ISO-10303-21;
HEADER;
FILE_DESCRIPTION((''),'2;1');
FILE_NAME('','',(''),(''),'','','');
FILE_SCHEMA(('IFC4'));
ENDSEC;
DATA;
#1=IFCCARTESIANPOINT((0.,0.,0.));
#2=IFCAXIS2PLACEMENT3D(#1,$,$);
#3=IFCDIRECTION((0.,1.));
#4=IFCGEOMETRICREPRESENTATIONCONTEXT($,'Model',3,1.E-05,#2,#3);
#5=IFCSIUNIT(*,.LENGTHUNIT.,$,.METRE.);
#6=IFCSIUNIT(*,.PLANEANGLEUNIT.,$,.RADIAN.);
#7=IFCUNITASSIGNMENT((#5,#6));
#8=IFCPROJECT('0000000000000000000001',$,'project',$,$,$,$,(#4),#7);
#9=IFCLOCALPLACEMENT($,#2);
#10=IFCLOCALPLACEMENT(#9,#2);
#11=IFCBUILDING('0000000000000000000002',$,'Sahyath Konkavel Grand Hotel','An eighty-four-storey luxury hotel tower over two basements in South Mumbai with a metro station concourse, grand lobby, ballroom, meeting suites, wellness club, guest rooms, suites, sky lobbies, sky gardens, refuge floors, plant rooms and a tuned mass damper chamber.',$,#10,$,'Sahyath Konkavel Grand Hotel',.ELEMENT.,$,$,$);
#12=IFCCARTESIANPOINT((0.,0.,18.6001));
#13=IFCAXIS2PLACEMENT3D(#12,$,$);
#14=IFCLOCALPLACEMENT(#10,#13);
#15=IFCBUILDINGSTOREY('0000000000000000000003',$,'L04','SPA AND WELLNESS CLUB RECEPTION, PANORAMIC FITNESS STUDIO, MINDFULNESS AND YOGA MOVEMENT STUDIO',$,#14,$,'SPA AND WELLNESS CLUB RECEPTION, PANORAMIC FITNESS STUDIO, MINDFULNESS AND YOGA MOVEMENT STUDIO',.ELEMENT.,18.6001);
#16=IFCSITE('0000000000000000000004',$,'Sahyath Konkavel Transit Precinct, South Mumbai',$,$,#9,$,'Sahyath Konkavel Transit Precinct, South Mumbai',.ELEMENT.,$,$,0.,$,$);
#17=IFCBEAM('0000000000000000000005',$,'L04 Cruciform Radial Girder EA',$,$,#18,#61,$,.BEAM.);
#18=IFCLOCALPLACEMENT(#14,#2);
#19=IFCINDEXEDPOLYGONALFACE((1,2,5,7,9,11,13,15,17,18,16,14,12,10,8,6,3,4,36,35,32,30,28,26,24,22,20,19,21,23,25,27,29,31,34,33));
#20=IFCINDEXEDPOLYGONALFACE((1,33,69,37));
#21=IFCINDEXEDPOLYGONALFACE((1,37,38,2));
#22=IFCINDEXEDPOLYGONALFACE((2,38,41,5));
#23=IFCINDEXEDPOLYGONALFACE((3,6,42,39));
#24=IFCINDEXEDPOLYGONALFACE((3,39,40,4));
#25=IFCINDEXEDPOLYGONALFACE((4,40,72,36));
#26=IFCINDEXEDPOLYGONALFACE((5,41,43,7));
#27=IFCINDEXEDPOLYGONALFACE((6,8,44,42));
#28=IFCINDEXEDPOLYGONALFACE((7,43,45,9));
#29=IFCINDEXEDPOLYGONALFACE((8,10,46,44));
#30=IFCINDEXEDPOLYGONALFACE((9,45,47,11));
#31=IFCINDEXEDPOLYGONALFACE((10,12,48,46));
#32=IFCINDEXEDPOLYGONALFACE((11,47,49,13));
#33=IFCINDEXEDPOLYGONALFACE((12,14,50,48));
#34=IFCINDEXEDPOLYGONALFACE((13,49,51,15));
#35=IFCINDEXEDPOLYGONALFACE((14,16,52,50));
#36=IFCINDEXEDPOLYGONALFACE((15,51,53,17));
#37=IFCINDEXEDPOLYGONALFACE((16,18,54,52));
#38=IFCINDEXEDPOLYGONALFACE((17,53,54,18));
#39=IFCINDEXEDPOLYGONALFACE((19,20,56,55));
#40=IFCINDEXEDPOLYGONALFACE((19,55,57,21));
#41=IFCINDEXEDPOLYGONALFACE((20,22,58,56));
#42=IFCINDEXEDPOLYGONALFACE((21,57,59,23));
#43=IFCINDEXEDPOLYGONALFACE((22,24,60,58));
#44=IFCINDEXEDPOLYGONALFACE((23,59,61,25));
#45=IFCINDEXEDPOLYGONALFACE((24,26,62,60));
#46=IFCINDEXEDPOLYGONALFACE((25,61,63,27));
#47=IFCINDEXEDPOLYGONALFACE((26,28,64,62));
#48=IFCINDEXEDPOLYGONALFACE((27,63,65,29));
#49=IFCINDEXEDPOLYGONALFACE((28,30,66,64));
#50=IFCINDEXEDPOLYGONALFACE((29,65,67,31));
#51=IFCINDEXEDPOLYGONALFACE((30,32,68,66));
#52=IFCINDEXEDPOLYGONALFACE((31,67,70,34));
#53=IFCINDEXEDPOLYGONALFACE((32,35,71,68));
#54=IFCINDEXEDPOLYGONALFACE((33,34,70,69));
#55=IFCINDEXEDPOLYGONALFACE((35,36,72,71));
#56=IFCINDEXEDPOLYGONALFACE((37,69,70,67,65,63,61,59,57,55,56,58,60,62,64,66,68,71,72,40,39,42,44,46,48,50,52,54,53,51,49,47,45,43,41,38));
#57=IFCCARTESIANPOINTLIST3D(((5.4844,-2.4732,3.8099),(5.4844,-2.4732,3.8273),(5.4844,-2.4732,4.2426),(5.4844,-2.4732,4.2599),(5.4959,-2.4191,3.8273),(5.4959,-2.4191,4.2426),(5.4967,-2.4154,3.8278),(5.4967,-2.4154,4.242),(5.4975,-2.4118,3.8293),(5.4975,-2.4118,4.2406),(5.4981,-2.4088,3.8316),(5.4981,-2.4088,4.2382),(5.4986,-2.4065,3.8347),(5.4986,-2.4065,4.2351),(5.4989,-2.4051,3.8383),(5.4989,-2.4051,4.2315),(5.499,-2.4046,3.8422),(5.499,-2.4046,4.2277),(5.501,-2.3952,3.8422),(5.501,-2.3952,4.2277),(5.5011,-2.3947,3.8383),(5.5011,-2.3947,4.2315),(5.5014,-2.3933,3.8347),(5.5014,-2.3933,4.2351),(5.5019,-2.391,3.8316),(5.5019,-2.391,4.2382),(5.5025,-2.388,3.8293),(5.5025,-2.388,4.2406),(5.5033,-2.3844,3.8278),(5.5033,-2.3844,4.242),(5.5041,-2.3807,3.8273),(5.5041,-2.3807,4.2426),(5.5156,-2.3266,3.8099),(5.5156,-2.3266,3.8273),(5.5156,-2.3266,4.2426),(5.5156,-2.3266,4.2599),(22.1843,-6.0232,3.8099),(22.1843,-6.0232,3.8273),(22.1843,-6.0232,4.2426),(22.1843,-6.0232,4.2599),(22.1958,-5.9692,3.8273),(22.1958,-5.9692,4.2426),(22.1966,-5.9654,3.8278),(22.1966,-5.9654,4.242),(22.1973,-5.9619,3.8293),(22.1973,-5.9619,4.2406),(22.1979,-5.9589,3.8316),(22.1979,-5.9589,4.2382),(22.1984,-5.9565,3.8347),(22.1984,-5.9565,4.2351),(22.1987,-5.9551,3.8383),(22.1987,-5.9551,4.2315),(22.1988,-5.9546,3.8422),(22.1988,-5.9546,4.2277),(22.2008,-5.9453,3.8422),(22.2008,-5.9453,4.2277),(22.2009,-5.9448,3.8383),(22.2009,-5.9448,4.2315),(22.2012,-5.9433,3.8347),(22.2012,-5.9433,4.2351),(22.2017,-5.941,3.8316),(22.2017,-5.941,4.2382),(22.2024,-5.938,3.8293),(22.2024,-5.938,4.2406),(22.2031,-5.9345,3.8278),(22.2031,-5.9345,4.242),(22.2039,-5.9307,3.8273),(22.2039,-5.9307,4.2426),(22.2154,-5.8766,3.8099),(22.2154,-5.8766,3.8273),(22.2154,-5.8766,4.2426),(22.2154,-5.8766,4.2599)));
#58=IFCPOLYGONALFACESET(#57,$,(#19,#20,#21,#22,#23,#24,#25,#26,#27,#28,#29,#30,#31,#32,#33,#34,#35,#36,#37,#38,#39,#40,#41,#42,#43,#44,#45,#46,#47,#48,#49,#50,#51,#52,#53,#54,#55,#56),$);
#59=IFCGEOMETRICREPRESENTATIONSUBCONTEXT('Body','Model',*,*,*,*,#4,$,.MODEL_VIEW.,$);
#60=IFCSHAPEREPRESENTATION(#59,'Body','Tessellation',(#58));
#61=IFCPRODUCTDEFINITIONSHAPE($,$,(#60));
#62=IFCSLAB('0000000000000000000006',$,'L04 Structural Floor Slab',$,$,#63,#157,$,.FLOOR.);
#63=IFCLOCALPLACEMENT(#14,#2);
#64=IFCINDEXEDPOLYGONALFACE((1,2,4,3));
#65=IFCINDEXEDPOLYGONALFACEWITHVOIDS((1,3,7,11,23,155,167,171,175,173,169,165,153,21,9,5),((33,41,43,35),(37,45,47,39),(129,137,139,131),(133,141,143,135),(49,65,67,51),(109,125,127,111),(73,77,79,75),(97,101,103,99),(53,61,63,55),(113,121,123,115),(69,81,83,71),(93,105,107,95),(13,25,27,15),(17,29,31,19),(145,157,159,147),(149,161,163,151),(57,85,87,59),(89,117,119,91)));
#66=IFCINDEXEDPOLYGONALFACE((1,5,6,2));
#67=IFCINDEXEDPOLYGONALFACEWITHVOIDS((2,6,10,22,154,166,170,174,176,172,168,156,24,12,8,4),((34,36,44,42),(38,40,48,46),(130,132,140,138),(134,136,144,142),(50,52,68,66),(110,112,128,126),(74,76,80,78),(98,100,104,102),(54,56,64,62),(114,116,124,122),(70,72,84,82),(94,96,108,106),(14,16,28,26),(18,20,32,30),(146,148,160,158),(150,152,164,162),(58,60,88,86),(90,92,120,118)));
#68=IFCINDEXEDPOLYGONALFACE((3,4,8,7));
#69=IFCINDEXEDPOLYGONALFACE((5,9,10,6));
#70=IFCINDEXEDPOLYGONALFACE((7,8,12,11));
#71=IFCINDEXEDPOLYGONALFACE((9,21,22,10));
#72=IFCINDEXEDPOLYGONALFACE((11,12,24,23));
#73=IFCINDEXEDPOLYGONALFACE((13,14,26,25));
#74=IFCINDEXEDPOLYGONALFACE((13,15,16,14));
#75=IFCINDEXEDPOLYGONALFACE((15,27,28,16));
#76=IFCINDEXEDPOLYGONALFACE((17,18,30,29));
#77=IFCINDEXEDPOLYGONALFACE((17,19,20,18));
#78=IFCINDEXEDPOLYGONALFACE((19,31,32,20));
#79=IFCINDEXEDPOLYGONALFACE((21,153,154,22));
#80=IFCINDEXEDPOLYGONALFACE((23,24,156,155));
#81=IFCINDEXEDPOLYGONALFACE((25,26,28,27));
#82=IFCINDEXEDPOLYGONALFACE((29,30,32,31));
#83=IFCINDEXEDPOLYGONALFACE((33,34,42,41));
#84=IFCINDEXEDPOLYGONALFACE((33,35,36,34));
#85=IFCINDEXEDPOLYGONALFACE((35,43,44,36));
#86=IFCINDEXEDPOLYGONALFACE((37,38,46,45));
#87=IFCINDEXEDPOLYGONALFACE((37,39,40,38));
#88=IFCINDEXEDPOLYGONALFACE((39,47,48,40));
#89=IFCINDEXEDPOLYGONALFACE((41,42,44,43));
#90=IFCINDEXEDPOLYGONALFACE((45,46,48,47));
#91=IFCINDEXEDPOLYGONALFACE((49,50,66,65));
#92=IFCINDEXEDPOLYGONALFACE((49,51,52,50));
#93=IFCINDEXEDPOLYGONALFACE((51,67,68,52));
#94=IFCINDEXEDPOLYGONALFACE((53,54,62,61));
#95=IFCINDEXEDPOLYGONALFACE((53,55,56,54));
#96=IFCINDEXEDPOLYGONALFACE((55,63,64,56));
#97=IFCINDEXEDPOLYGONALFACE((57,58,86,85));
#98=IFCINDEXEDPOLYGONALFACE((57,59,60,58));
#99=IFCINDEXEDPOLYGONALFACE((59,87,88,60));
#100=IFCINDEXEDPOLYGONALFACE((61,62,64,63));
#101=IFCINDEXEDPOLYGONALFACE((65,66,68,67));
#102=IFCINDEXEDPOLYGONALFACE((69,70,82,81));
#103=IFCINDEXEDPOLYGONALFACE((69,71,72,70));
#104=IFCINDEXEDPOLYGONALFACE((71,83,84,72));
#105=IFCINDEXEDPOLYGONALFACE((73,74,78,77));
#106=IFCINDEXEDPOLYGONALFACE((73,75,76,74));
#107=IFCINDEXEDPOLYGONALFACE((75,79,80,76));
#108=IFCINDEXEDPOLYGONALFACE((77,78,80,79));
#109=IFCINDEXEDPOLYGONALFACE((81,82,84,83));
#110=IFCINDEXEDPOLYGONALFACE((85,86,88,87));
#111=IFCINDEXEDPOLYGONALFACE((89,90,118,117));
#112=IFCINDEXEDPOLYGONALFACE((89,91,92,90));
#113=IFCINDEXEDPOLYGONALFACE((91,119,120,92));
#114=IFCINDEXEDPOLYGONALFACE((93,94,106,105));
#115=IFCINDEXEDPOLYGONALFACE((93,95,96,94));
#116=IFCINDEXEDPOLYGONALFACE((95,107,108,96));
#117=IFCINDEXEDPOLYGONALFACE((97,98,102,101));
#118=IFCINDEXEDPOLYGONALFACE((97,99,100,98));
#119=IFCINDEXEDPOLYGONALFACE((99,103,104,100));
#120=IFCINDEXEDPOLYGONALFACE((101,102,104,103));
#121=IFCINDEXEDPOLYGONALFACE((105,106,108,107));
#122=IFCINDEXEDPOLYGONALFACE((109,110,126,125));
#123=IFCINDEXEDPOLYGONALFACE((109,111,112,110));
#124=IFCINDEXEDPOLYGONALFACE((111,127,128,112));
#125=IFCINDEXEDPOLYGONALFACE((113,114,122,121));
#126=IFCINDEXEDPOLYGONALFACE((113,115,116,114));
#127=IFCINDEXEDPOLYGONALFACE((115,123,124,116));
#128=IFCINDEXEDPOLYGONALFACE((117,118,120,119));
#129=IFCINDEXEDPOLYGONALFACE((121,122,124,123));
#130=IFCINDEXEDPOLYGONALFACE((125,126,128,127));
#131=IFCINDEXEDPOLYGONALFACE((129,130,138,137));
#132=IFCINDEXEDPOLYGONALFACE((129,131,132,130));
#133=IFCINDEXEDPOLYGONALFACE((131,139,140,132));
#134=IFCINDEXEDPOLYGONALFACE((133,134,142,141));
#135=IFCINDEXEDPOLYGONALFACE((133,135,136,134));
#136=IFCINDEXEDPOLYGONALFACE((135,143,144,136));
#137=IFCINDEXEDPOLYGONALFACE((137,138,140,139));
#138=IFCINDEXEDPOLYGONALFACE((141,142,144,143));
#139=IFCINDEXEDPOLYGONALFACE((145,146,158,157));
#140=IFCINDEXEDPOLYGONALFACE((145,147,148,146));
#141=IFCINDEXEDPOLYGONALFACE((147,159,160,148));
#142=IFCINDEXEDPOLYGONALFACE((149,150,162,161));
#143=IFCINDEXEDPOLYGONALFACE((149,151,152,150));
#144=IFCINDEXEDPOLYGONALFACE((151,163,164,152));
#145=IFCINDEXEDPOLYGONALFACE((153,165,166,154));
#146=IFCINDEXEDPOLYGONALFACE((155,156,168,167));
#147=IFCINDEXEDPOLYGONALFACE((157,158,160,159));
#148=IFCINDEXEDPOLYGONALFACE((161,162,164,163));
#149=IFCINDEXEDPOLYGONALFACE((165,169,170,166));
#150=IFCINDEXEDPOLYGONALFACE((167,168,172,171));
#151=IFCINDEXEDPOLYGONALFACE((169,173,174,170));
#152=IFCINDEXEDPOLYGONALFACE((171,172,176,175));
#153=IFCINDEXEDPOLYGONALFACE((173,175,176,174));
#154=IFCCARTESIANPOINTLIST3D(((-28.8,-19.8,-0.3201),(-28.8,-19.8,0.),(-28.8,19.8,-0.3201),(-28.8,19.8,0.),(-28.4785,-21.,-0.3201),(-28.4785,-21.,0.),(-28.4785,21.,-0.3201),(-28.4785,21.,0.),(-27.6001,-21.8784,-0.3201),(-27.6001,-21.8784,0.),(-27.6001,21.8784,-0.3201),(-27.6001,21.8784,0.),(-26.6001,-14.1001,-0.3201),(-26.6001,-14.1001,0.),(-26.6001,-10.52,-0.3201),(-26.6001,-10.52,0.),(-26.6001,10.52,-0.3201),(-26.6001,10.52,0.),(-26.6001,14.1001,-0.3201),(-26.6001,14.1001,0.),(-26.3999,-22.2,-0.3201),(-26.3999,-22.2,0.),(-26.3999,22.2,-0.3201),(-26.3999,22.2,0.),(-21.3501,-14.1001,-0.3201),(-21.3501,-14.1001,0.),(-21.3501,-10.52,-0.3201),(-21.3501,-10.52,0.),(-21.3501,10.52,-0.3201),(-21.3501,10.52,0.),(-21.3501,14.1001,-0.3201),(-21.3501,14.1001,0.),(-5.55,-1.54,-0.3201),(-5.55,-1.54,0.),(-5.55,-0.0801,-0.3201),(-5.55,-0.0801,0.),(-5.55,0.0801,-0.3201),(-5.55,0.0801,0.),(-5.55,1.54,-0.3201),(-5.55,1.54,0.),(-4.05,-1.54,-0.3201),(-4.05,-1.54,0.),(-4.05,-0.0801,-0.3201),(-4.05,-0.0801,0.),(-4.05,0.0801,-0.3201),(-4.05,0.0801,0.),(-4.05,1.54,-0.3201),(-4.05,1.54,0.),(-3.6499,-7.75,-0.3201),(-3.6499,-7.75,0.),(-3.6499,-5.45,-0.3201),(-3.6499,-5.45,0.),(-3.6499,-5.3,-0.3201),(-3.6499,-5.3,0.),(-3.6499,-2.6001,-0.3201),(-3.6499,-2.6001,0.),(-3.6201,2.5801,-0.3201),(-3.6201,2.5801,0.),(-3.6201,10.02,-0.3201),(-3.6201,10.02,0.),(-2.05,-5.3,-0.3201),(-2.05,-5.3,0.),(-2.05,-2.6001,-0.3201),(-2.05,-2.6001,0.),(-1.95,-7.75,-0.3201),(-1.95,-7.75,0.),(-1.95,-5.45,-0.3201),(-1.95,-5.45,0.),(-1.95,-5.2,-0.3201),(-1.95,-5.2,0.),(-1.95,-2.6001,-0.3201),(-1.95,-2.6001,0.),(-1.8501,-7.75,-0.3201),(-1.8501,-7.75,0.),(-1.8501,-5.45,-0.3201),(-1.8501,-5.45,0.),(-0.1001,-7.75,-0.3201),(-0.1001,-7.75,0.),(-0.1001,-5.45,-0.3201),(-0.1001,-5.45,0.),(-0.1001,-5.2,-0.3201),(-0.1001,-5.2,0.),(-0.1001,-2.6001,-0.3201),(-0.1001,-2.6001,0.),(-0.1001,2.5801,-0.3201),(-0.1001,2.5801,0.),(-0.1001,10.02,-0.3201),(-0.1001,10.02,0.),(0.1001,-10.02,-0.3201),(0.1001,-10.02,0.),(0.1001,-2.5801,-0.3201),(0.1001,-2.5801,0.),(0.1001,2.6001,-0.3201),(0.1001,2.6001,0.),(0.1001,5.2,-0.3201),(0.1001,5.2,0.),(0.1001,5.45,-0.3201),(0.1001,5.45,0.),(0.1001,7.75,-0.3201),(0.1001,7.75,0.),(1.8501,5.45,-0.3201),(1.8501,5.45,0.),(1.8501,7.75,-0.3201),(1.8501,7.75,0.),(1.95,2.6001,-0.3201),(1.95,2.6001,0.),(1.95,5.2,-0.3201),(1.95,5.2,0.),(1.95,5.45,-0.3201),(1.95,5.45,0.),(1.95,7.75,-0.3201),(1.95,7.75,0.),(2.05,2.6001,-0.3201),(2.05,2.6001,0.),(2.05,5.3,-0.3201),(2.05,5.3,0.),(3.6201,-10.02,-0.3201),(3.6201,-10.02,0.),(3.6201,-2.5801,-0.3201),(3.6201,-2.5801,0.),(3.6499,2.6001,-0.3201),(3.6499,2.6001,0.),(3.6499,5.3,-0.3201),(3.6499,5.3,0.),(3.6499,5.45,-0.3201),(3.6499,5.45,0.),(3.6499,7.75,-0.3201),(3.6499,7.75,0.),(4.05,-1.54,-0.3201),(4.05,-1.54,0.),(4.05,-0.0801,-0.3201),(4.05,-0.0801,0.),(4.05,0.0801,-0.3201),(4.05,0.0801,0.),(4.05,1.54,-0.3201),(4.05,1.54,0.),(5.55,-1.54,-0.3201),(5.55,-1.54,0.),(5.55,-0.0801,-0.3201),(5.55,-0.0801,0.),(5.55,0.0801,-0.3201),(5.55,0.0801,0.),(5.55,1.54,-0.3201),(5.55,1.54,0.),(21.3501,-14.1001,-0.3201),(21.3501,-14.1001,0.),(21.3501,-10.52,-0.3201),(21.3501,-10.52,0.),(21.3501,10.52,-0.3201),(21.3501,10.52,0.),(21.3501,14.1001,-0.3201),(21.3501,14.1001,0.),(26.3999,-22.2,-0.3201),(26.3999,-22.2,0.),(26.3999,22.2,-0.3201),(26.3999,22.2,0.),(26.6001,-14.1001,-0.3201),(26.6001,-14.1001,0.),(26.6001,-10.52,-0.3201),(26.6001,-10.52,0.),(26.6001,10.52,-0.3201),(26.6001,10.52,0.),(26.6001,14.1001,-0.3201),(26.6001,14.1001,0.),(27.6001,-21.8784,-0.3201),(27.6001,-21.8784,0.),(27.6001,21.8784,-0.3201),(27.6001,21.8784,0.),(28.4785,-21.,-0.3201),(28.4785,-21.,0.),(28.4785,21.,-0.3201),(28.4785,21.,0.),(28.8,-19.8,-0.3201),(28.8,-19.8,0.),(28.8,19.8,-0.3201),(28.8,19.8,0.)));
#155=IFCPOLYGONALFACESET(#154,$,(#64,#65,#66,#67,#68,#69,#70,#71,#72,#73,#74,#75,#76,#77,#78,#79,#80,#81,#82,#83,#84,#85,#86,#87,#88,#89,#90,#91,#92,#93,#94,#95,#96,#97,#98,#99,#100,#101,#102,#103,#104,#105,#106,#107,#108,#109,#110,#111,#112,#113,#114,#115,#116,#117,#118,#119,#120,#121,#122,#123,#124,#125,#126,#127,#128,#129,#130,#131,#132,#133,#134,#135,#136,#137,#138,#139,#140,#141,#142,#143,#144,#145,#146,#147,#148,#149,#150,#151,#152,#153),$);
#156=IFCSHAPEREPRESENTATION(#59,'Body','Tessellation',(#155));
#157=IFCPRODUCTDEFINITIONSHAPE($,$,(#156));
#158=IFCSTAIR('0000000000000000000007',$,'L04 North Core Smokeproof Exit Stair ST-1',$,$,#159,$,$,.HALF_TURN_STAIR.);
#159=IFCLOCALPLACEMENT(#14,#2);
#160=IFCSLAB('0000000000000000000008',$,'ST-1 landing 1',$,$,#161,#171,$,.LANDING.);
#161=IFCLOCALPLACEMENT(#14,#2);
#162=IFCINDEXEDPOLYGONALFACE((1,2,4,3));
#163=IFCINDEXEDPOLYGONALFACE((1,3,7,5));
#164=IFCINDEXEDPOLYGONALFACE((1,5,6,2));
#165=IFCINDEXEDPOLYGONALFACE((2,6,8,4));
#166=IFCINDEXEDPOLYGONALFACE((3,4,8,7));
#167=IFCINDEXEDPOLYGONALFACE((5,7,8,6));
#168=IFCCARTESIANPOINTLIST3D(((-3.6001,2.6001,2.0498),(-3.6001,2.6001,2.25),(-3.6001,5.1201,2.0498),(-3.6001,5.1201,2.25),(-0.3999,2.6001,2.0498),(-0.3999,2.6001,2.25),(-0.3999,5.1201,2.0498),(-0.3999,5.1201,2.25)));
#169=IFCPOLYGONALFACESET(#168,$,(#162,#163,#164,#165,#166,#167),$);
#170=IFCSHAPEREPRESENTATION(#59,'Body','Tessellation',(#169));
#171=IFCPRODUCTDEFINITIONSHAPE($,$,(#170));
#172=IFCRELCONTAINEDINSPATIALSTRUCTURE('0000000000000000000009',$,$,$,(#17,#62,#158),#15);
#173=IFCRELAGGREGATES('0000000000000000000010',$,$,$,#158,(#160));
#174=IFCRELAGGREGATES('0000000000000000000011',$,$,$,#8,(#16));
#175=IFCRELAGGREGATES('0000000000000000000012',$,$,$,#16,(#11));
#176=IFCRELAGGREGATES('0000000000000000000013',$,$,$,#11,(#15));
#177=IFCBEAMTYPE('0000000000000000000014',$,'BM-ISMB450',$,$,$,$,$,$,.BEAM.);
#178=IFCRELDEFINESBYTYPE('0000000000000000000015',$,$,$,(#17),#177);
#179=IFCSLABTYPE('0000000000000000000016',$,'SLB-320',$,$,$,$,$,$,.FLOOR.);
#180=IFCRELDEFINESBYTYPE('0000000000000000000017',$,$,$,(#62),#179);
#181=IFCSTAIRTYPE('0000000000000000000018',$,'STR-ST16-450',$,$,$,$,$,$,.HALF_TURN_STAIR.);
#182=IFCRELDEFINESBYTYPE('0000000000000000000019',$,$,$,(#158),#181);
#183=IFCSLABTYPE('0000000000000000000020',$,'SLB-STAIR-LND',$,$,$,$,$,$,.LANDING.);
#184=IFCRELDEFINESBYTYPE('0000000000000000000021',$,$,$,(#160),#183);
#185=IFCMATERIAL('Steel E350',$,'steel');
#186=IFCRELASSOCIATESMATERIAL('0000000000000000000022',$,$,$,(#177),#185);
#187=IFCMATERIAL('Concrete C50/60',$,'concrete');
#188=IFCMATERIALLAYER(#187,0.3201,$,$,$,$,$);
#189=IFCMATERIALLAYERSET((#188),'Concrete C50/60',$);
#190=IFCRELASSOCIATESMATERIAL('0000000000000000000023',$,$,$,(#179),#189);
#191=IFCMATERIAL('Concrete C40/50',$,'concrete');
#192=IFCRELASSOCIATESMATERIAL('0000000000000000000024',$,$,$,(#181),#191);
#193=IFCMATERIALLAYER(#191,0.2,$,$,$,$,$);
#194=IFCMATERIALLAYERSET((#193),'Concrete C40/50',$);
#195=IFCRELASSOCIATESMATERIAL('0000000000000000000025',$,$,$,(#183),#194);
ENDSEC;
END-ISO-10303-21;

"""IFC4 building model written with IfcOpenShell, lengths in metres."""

from ifc_helpers import new_model, si_unit, direction, frame, origin, origin_2d, place, context, subcontext, project, spatial, polyline, i_section, outline, extrude, source, transform, mapped, material, layer, layer_set, material_profile, profile_set, type_object, element, aggregate, save


model = new_model("IFC4")

# Units and contexts
model_context = context("Model", 3, precision=1e-05, world=origin(), true_north=direction((0.0, 1.0)))
body_context = subcontext(model_context, "Body", "Model", "MODEL_VIEW")
ifc_project = project(units=[si_unit("LENGTHUNIT", "METRE"), si_unit("PLANEANGLEUNIT", "RADIAN")], contexts=[model_context])

# Site, building, storey
site_placement = place(None, origin())
site = spatial("IfcSite", under=ifc_project, at=site_placement, Name="Sahyath Konkavel Transit Precinct, South Mumbai", LongName="Sahyath Konkavel Transit Precinct, South Mumbai", CompositionType="ELEMENT", RefElevation=0.0)
building_placement = place(site_placement, origin())
building = spatial("IfcBuilding", under=site, at=building_placement, Name="Sahyath Konkavel Grand Hotel", Description="An eighty-four-storey luxury hotel tower over two basements in South Mumbai with a metro station concourse, grand lobby, ballroom, meeting suites, wellness club, guest rooms, suites, sky lobbies, sky gardens, refuge floors, plant rooms and a tuned mass damper chamber.", LongName="Sahyath Konkavel Grand Hotel", CompositionType="ELEMENT")
storey_placement = place(building_placement, frame((0.0, 0.0, 18.6001)))
storey = spatial("IfcBuildingStorey", under=building, at=storey_placement, Name="L04", Description="SPA AND WELLNESS CLUB RECEPTION, PANORAMIC FITNESS STUDIO, MINDFULNESS AND YOGA MOVEMENT STUDIO", LongName="SPA AND WELLNESS CLUB RECEPTION, PANORAMIC FITNESS STUDIO, MINDFULNESS AND YOGA MOVEMENT STUDIO", CompositionType="ELEMENT", Elevation=18.6001)

# Beam
ifc_material_1 = material(Name="Steel E350", Category="steel")
ifc_material_profile_1 = material_profile(ifc_material_1, i_section(OverallWidth=0.1499, OverallDepth=0.45, WebThickness=0.0095, FlangeThickness=0.0173, FilletRadius=0.0149, at=origin_2d()), Name="ISMB 450")
ifc_profile_set_1 = profile_set([ifc_material_profile_1], Name="Steel E350")
beam_type_1 = type_object("IfcBeamType", Name="BM-ISMB450", PredefinedType="BEAM", material=ifc_profile_set_1)
shared_shape_1 = source(origin(), body_context, "Body", "SweptSolid", [
    extrude(i_section(OverallWidth=0.1499, OverallDepth=0.45, WebThickness=0.0095, FlangeThickness=0.0173, FilletRadius=0.0149, at=origin_2d()), origin(), (0.0, 0.0, 1.0), 17.073),
])
beam_1_placement = place(storey_placement, frame((5.5, -2.3999, 4.0349), z_axis=(0.978143, -0.207932, 0.0), x_axis=(0.207932, 0.978143, 0.0)))
element("IfcBeam", 1, at=beam_1_placement, inside=storey, type_object=beam_type_1, Name="L04 Cruciform Radial Girder EA", PredefinedType="BEAM", context=body_context, shape_type="MappedRepresentation", body=[
    mapped(shared_shape_1, transform((0.0, 0.0, 0.0), scale=1.0)),
])

# Slab
ifc_material_2 = material(Name="Concrete C50/60", Category="concrete")
ifc_layer_1 = layer(ifc_material_2, 0.3201)
ifc_layer_set_1 = layer_set([ifc_layer_1], Name="Concrete C50/60")
slab_type_1 = type_object("IfcSlabType", Name="SLB-320", PredefinedType="FLOOR", material=ifc_layer_set_1)
slab_1_placement = place(storey_placement, frame((0.0, 0.0, -0.3201)))
element("IfcSlab", 2, at=slab_1_placement, inside=storey, type_object=slab_type_1, Name="L04 Structural Floor Slab", PredefinedType="FLOOR", context=body_context, shape_type="SweptSolid", body=[
    extrude(outline(polyline([(26.3999, -22.2), (27.6001, -21.8784), (28.4785, -21.0), (28.8, -19.8), (28.8, 19.8), (28.4785, 21.0), (27.6001, 21.8784), (26.3999, 22.2), (-26.3999, 22.2), (-27.6001, 21.8784), (-28.4785, 21.0), (-28.8, 19.8), (-28.8, -19.8), (-28.4785, -21.0), (-27.6001, -21.8784), (-26.3999, -22.2), (26.3999, -22.2)]), holes=[polyline([(-3.6201, 2.5801), (-0.1001, 2.5801), (-0.1001, 10.02), (-3.6201, 10.02), (-3.6201, 2.5801)]), polyline([(0.1001, -10.02), (3.6201, -10.02), (3.6201, -2.5801), (0.1001, -2.5801), (0.1001, -10.02)]), polyline([(-26.6001, 10.52), (-21.3501, 10.52), (-21.3501, 14.1001), (-26.6001, 14.1001), (-26.6001, 10.52)]), polyline([(21.3501, 10.52), (26.6001, 10.52), (26.6001, 14.1001), (21.3501, 14.1001), (21.3501, 10.52)]), polyline([(-26.6001, -14.1001), (-21.3501, -14.1001), (-21.3501, -10.52), (-26.6001, -10.52), (-26.6001, -14.1001)]), polyline([(21.3501, -14.1001), (26.6001, -14.1001), (26.6001, -10.52), (21.3501, -10.52), (21.3501, -14.1001)]), polyline([(0.1001, 2.6001), (1.95, 2.6001), (1.95, 5.2), (0.1001, 5.2), (0.1001, 2.6001)]), polyline([(-1.95, -5.2), (-0.1001, -5.2), (-0.1001, -2.6001), (-1.95, -2.6001), (-1.95, -5.2)]), polyline([(2.05, 2.6001), (3.6499, 2.6001), (3.6499, 5.3), (2.05, 5.3), (2.05, 2.6001)]), polyline([(-3.6499, -5.3), (-2.05, -5.3), (-2.05, -2.6001), (-3.6499, -2.6001), (-3.6499, -5.3)]), polyline([(0.1001, 5.45), (1.8501, 5.45), (1.8501, 7.75), (0.1001, 7.75), (0.1001, 5.45)]), polyline([(1.95, 5.45), (3.6499, 5.45), (3.6499, 7.75), (1.95, 7.75), (1.95, 5.45)]), polyline([(-3.6499, -7.75), (-1.95, -7.75), (-1.95, -5.45), (-3.6499, -5.45), (-3.6499, -7.75)]), polyline([(-1.8501, -7.75), (-0.1001, -7.75), (-0.1001, -5.45), (-1.8501, -5.45), (-1.8501, -7.75)]), polyline([(4.05, 0.0801), (5.55, 0.0801), (5.55, 1.54), (4.05, 1.54), (4.05, 0.0801)]), polyline([(4.05, -1.54), (5.55, -1.54), (5.55, -0.0801), (4.05, -0.0801), (4.05, -1.54)]), polyline([(-5.55, 0.0801), (-4.05, 0.0801), (-4.05, 1.54), (-5.55, 1.54), (-5.55, 0.0801)]), polyline([(-5.55, -1.54), (-4.05, -1.54), (-4.05, -0.0801), (-5.55, -0.0801), (-5.55, -1.54)])]), origin(), (0.0, 0.0, 1.0), 0.3201),
])

# Stair, slab
ifc_material_3 = material(Name="Concrete C40/50", Category="concrete")
stair_type = type_object("IfcStairType", Name="STR-ST16-450", PredefinedType="HALF_TURN_STAIR", material=ifc_material_3)
stair_1_placement = place(storey_placement, origin())
stair_1 = element("IfcStair", 3, at=stair_1_placement, inside=storey, type_object=stair_type, Name="L04 North Core Smokeproof Exit Stair ST-1", PredefinedType="HALF_TURN_STAIR")
ifc_layer_2 = layer(ifc_material_3, 0.2)
ifc_layer_set_2 = layer_set([ifc_layer_2], Name="Concrete C40/50")
slab_type_2 = type_object("IfcSlabType", Name="SLB-STAIR-LND", PredefinedType="LANDING", material=ifc_layer_set_2)
slab_2_placement = place(storey_placement, frame((0.0, 0.0, 2.0498)))
slab_2 = element("IfcSlab", 4, at=slab_2_placement, type_object=slab_type_2, Name="ST-1 landing 1", PredefinedType="LANDING", context=body_context, shape_type="SweptSolid", body=[
    extrude(outline(polyline([(-3.6001, 5.1201), (-3.6001, 2.6001), (-0.3999, 2.6001), (-0.3999, 5.1201), (-3.6001, 5.1201)])), origin(), (0.0, 0.0, 1.0), 0.2002),
])
aggregate(stair_1, [slab_2])

save(model, "model.ifc")
